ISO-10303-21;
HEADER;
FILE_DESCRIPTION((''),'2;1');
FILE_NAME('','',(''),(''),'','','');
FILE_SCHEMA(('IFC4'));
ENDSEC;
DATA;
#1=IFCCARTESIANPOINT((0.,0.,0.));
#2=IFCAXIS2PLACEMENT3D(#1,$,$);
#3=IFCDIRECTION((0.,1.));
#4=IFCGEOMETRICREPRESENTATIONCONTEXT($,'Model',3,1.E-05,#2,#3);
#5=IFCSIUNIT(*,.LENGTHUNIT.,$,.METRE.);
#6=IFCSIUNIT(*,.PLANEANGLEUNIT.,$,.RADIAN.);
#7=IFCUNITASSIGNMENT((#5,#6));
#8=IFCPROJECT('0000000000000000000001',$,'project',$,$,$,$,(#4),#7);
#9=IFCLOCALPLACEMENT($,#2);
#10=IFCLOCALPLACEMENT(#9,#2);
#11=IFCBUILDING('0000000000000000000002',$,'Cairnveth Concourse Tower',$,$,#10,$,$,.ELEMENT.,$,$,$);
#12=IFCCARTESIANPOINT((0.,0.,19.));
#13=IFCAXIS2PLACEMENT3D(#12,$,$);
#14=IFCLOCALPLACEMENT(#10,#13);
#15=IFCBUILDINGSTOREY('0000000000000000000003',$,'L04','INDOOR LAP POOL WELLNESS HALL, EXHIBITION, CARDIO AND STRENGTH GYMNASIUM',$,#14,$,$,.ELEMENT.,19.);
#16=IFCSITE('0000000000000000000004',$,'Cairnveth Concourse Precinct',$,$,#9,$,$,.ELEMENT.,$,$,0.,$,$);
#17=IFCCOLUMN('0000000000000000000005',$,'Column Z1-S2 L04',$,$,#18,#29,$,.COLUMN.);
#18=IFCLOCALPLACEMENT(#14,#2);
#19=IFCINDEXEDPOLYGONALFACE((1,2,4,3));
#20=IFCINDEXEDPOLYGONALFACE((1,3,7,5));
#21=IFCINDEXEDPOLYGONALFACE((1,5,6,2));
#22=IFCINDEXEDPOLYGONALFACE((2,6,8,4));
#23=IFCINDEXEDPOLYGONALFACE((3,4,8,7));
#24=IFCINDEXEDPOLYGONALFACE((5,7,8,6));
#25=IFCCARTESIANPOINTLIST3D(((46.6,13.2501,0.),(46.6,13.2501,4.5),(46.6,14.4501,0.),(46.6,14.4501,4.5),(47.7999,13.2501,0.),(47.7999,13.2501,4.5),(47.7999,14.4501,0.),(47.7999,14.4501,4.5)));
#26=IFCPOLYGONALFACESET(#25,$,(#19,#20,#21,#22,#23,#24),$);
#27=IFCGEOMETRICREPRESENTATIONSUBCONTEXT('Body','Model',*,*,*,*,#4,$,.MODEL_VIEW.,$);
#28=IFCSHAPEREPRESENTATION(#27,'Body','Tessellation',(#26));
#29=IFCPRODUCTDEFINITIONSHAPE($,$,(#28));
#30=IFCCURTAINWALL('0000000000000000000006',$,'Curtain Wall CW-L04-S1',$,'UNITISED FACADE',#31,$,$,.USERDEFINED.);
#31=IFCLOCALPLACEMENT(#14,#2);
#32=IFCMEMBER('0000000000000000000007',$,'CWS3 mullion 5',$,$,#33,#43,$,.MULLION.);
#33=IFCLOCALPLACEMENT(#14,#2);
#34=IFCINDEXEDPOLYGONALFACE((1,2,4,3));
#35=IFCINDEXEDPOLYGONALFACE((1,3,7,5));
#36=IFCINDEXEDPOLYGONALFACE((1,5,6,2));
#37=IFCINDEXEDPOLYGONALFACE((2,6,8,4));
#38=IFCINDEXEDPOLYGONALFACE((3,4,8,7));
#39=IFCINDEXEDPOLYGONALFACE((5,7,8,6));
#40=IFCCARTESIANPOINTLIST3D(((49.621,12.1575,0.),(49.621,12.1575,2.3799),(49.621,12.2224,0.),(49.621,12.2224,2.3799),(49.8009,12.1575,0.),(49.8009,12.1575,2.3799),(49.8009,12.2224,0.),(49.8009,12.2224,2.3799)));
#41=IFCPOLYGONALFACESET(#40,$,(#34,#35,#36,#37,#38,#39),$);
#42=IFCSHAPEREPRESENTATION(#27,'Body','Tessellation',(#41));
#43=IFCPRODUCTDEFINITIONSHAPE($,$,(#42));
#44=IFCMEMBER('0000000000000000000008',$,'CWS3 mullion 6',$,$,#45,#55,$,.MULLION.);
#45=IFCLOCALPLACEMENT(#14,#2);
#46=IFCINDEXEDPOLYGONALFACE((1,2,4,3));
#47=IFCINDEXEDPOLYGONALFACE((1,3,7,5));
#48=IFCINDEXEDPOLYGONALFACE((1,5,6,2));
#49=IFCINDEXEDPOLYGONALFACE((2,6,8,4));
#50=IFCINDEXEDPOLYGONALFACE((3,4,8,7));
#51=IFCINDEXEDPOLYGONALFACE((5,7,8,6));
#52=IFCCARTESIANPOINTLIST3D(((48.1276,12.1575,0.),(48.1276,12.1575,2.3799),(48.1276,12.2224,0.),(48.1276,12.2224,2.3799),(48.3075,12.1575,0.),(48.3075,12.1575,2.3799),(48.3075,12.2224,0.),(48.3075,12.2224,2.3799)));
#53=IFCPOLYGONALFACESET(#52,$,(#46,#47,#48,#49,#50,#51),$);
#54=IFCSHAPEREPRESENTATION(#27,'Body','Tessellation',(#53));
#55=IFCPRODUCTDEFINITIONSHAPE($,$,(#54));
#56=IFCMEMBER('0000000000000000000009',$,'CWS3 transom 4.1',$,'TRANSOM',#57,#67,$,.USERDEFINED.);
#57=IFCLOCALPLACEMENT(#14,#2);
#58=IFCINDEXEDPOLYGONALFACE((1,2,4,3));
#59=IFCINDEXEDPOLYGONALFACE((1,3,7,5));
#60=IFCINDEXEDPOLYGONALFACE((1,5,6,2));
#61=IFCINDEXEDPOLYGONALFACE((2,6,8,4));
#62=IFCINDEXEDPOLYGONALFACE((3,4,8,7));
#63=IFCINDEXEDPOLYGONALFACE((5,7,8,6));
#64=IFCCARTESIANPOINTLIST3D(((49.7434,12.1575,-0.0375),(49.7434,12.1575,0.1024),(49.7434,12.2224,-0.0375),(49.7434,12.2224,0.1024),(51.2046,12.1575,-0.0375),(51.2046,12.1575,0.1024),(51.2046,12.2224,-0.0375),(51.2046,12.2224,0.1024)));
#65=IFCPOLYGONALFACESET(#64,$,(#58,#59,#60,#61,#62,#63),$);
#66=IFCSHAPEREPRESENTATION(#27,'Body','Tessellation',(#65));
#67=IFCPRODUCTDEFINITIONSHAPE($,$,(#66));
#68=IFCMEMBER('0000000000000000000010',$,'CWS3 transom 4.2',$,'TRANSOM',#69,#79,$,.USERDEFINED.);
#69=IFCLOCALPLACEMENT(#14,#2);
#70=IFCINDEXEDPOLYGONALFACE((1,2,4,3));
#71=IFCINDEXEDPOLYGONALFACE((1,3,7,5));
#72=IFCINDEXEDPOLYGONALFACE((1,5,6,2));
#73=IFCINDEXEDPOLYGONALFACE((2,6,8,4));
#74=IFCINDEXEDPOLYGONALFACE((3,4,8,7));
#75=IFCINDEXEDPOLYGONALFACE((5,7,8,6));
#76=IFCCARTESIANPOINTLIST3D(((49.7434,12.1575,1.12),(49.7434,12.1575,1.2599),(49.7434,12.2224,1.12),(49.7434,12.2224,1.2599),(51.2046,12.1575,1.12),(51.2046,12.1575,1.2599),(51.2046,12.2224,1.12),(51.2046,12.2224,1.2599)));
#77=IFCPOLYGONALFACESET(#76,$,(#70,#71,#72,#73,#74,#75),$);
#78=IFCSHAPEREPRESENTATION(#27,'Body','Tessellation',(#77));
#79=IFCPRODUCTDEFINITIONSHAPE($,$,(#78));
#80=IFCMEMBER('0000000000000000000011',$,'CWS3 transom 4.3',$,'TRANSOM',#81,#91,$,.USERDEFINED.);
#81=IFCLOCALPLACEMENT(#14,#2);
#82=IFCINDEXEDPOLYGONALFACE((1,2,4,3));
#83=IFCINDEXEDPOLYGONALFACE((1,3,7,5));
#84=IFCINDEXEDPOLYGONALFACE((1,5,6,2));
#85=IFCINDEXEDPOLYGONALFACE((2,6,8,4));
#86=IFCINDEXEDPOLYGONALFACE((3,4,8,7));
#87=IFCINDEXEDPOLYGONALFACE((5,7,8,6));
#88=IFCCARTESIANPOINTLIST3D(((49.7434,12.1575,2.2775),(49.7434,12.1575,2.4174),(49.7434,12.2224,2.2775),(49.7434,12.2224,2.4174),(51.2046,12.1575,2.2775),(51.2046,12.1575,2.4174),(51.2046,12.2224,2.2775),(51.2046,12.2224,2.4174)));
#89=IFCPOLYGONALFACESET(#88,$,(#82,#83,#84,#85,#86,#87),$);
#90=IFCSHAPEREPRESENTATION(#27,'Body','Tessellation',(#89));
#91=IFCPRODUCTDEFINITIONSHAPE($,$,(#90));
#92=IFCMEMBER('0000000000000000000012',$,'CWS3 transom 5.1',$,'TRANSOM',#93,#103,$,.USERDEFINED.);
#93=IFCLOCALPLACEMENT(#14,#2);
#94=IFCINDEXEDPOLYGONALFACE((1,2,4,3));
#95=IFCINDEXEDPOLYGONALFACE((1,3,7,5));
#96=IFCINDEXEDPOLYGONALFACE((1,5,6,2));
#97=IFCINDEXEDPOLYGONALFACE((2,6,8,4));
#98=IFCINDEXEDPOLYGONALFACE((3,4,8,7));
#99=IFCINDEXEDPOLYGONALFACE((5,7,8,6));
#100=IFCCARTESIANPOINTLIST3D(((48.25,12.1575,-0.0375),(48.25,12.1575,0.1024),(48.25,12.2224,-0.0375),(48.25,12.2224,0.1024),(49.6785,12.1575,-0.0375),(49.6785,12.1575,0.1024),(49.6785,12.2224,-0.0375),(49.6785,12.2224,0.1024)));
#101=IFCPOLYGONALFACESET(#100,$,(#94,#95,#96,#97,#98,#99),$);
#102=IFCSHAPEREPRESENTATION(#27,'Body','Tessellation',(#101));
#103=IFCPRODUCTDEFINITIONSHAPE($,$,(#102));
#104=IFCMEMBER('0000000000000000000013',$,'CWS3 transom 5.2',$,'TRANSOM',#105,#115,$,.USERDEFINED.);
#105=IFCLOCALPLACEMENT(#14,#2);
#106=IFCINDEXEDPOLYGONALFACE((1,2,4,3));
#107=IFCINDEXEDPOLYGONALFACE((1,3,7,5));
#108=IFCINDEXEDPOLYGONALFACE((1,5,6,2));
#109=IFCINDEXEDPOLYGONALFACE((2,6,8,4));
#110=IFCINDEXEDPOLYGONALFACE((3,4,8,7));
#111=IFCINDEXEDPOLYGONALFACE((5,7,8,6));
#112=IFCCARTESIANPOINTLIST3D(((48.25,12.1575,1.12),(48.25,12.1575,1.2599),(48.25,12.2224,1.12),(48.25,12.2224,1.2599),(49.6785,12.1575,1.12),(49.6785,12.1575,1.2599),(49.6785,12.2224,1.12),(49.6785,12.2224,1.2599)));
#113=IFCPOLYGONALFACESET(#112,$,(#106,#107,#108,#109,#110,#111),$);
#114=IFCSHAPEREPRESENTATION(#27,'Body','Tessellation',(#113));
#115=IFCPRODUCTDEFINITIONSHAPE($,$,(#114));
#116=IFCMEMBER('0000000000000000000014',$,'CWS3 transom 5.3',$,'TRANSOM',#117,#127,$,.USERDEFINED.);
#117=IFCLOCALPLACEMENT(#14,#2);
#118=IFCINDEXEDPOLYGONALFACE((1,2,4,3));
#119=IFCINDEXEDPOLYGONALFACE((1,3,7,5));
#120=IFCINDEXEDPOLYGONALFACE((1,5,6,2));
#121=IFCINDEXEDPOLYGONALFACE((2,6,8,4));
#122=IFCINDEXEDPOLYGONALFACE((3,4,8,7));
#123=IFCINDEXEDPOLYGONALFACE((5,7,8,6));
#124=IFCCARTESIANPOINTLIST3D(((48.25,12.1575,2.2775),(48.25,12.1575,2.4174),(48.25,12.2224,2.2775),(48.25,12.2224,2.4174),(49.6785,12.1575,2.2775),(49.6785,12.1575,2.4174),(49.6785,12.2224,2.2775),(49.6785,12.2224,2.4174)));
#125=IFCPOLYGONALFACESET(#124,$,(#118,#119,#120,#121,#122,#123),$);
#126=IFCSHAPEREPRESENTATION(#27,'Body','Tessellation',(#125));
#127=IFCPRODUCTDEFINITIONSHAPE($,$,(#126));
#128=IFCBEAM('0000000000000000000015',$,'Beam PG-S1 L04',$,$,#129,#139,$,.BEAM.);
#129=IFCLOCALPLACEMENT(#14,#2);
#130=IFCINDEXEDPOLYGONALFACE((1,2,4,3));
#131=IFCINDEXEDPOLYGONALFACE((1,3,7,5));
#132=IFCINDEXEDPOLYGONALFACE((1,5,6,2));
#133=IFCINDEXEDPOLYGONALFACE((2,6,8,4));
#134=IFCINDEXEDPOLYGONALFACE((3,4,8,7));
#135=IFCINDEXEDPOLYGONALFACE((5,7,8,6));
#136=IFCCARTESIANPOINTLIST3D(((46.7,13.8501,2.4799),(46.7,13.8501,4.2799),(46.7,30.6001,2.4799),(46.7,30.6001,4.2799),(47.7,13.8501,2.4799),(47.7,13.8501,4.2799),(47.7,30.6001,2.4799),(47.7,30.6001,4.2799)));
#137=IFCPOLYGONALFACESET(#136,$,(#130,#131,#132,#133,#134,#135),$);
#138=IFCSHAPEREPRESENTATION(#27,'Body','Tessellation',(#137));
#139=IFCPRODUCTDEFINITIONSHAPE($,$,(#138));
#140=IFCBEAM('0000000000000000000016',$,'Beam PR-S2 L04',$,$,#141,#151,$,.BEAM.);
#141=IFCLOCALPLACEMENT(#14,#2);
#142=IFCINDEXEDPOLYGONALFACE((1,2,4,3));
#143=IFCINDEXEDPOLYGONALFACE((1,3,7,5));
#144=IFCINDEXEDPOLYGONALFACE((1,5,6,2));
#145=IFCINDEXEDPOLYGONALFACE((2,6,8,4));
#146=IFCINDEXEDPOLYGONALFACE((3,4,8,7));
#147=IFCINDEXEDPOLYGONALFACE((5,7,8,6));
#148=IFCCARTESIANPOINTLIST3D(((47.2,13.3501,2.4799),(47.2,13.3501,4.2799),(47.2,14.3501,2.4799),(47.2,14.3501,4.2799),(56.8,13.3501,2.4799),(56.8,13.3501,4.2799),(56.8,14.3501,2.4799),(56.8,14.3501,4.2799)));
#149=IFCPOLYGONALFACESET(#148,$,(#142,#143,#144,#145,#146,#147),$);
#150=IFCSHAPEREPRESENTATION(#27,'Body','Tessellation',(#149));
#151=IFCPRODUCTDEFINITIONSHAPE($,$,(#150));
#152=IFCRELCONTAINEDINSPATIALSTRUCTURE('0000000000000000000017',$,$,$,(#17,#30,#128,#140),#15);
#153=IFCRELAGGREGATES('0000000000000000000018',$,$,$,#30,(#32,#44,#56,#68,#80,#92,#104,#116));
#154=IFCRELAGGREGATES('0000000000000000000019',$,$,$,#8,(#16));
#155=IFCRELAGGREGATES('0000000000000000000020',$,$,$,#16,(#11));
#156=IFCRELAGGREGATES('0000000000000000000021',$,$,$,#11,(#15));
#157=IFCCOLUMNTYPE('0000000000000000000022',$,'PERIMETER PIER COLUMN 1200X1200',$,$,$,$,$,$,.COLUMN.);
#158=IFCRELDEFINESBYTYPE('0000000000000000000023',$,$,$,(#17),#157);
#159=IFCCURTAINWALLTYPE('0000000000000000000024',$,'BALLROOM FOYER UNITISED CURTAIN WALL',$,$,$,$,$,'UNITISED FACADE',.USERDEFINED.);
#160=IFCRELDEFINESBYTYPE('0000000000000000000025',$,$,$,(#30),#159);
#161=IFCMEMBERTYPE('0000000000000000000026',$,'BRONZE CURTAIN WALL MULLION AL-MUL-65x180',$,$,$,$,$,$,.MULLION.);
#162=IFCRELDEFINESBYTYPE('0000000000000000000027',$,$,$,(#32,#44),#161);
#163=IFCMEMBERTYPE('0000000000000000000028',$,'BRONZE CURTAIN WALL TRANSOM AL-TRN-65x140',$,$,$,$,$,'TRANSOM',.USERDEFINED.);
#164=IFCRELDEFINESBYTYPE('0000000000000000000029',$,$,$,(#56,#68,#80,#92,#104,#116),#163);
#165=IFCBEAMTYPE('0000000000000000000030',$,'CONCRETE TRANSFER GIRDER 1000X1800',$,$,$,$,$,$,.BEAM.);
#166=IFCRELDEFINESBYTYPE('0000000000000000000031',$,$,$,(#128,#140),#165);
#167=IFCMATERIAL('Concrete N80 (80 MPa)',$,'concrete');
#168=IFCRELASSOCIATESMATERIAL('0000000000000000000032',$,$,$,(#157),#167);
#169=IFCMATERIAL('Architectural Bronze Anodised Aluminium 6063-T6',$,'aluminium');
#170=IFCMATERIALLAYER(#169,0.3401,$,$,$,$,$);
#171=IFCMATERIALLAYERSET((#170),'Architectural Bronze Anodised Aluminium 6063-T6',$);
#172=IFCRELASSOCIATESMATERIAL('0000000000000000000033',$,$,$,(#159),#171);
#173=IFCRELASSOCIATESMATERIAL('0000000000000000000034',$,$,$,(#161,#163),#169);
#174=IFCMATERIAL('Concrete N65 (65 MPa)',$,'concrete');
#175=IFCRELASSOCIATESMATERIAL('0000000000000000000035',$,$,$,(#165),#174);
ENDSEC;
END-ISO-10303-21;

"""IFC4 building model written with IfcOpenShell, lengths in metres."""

from ifc_helpers import new_model, si_unit, direction, frame, origin, origin_2d, place, context, subcontext, project, spatial, rectangle, extrude, material, layer, layer_set, material_profile, profile_set, type_object, element, aggregate, save


model = new_model("IFC4")

# Units and contexts
model_context = context("Model", 3, precision=1e-05, world=origin(), true_north=direction((0.0, 1.0)))
body_context = subcontext(model_context, "Body", "Model", "MODEL_VIEW")
ifc_project = project(units=[si_unit("LENGTHUNIT", "METRE"), si_unit("PLANEANGLEUNIT", "RADIAN")], contexts=[model_context])

# Site, building, storey
site_placement = place(None, origin())
site = spatial("IfcSite", under=ifc_project, at=site_placement, Name="Cairnveth Concourse Precinct", CompositionType="ELEMENT", RefElevation=0.0)
building_placement = place(site_placement, origin())
building = spatial("IfcBuilding", under=site, at=building_placement, Name="Cairnveth Concourse Tower", CompositionType="ELEMENT")
storey_placement = place(building_placement, frame((0.0, 0.0, 19.0)))
storey = spatial("IfcBuildingStorey", under=building, at=storey_placement, Name="L04", Description="INDOOR LAP POOL WELLNESS HALL, EXHIBITION, CARDIO AND STRENGTH GYMNASIUM", CompositionType="ELEMENT", Elevation=19.0)

# Column
ifc_material_1 = material(Name="Concrete N80 (80 MPa)", Category="concrete")
ifc_material_profile_1 = material_profile(ifc_material_1, rectangle(XDim=1.2, YDim=1.2, at=origin_2d()), Name="RC-COL-1200x1200")
ifc_profile_set_1 = profile_set([ifc_material_profile_1], Name="Concrete N80 (80 MPa)")
column_type = type_object("IfcColumnType", Name="PERIMETER PIER COLUMN 1200X1200", PredefinedType="COLUMN", material=ifc_profile_set_1)
column_placement = place(storey_placement, frame((47.2, 13.8501, 0.0), z_axis=(0.0, 0.0, 1.0), x_axis=(1.0, 0.0, 0.0)))
element("IfcColumn", 1, at=column_placement, inside=storey, type_object=column_type, Name="Column Z1-S2 L04", PredefinedType="COLUMN", context=body_context, shape_type="SweptSolid", body=[
    extrude(rectangle(XDim=1.2, YDim=1.2, at=origin_2d()), origin(), (0.0, 0.0, 1.0), 4.5),
])

# Curtain wall, members
ifc_material_2 = material(Name="Architectural Bronze Anodised Aluminium 6063-T6", Category="aluminium")
ifc_layer_1 = layer(ifc_material_2, 0.3401)
ifc_layer_set_1 = layer_set([ifc_layer_1], Name="Architectural Bronze Anodised Aluminium 6063-T6")
curtain_wall_type = type_object("IfcCurtainWallType", Name="BALLROOM FOYER UNITISED CURTAIN WALL", ElementType="UNITISED FACADE", PredefinedType="USERDEFINED", material=ifc_layer_set_1)
curtain_wall_placement = place(storey_placement, origin())
curtain_wall = element("IfcCurtainWall", 2, at=curtain_wall_placement, inside=storey, type_object=curtain_wall_type, Name="Curtain Wall CW-L04-S1", ObjectType="UNITISED FACADE", PredefinedType="USERDEFINED")
ifc_material_profile_2 = material_profile(ifc_material_2, rectangle(XDim=0.0649, YDim=0.1799, at=origin_2d()), Name="AL-MUL-65x180")
ifc_profile_set_2 = profile_set([ifc_material_profile_2], Name="Architectural Bronze Anodised Aluminium 6063-T6")
member_type_1 = type_object("IfcMemberType", Name="BRONZE CURTAIN WALL MULLION AL-MUL-65x180", PredefinedType="MULLION", material=ifc_profile_set_2)
member_1_placement = place(storey_placement, frame((49.7109, 12.1899, 0.0), z_axis=(0.0, 0.0, 1.0), x_axis=(0.0, -1.0, 0.0)))
member_1 = element("IfcMember", 3, at=member_1_placement, type_object=member_type_1, Name="CWS3 mullion 5", PredefinedType="MULLION", context=body_context, shape_type="SweptSolid", body=[
    extrude(rectangle(XDim=0.0649, YDim=0.1799, at=origin_2d()), origin(), (0.0, 0.0, 1.0), 2.3799),
])
member_2_placement = place(storey_placement, frame((48.2175, 12.1899, 0.0), z_axis=(0.0, 0.0, 1.0), x_axis=(0.0, -1.0, 0.0)))
member_2 = element("IfcMember", 4, at=member_2_placement, type_object=member_type_1, Name="CWS3 mullion 6", PredefinedType="MULLION", context=body_context, shape_type="SweptSolid", body=[
    extrude(rectangle(XDim=0.0649, YDim=0.1799, at=origin_2d()), origin(), (0.0, 0.0, 1.0), 2.3799),
])
ifc_material_profile_3 = material_profile(ifc_material_2, rectangle(XDim=0.0649, YDim=0.1399, at=origin_2d()), Name="AL-TRN-65x140")
ifc_profile_set_3 = profile_set([ifc_material_profile_3], Name="Architectural Bronze Anodised Aluminium 6063-T6")
member_type_2 = type_object("IfcMemberType", Name="BRONZE CURTAIN WALL TRANSOM AL-TRN-65x140", ElementType="TRANSOM", PredefinedType="USERDEFINED", material=ifc_profile_set_3)
member_3_placement = place(storey_placement, frame((51.2046, 12.1899, 0.0325), z_axis=(-1.0, 0.0, 0.0), x_axis=(0.0, -1.0, 0.0)))
member_3 = element("IfcMember", 5, at=member_3_placement, type_object=member_type_2, Name="CWS3 transom 4.1", ObjectType="TRANSOM", PredefinedType="USERDEFINED", context=body_context, shape_type="SweptSolid", body=[
    extrude(rectangle(XDim=0.0649, YDim=0.1399, at=origin_2d()), origin(), (0.0, 0.0, 1.0), 1.4612),
])
member_4_placement = place(storey_placement, frame((51.2046, 12.1899, 1.1899), z_axis=(-1.0, 0.0, 0.0), x_axis=(0.0, -1.0, 0.0)))
member_4 = element("IfcMember", 6, at=member_4_placement, type_object=member_type_2, Name="CWS3 transom 4.2", ObjectType="TRANSOM", PredefinedType="USERDEFINED", context=body_context, shape_type="SweptSolid", body=[
    extrude(rectangle(XDim=0.0649, YDim=0.1399, at=origin_2d()), origin(), (0.0, 0.0, 1.0), 1.4612),
])
member_5_placement = place(storey_placement, frame((51.2046, 12.1899, 2.3474), z_axis=(-1.0, 0.0, 0.0), x_axis=(0.0, -1.0, 0.0)))
member_5 = element("IfcMember", 7, at=member_5_placement, type_object=member_type_2, Name="CWS3 transom 4.3", ObjectType="TRANSOM", PredefinedType="USERDEFINED", context=body_context, shape_type="SweptSolid", body=[
    extrude(rectangle(XDim=0.0649, YDim=0.1399, at=origin_2d()), origin(), (0.0, 0.0, 1.0), 1.4612),
])
member_6_placement = place(storey_placement, frame((49.6785, 12.1899, 0.0325), z_axis=(-1.0, 0.0, 0.0), x_axis=(0.0, -1.0, 0.0)))
member_6 = element("IfcMember", 8, at=member_6_placement, type_object=member_type_2, Name="CWS3 transom 5.1", ObjectType="TRANSOM", PredefinedType="USERDEFINED", context=body_context, shape_type="SweptSolid", body=[
    extrude(rectangle(XDim=0.0649, YDim=0.1399, at=origin_2d()), origin(), (0.0, 0.0, 1.0), 1.4285),
])
member_7_placement = place(storey_placement, frame((49.6785, 12.1899, 1.1899), z_axis=(-1.0, 0.0, 0.0), x_axis=(0.0, -1.0, 0.0)))
member_7 = element("IfcMember", 9, at=member_7_placement, type_object=member_type_2, Name="CWS3 transom 5.2", ObjectType="TRANSOM", PredefinedType="USERDEFINED", context=body_context, shape_type="SweptSolid", body=[
    extrude(rectangle(XDim=0.0649, YDim=0.1399, at=origin_2d()), origin(), (0.0, 0.0, 1.0), 1.4285),
])
member_8_placement = place(storey_placement, frame((49.6785, 12.1899, 2.3474), z_axis=(-1.0, 0.0, 0.0), x_axis=(0.0, -1.0, 0.0)))
member_8 = element("IfcMember", 10, at=member_8_placement, type_object=member_type_2, Name="CWS3 transom 5.3", ObjectType="TRANSOM", PredefinedType="USERDEFINED", context=body_context, shape_type="SweptSolid", body=[
    extrude(rectangle(XDim=0.0649, YDim=0.1399, at=origin_2d()), origin(), (0.0, 0.0, 1.0), 1.4285),
])

# Beams
ifc_material_3 = material(Name="Concrete N65 (65 MPa)", Category="concrete")
ifc_material_profile_4 = material_profile(ifc_material_3, rectangle(XDim=1.0, YDim=1.8, at=origin_2d()), Name="RC-TB-1000x1800")
ifc_profile_set_4 = profile_set([ifc_material_profile_4], Name="Concrete N65 (65 MPa)")
beam_type = type_object("IfcBeamType", Name="CONCRETE TRANSFER GIRDER 1000X1800", PredefinedType="BEAM", material=ifc_profile_set_4)
beam_1_placement = place(storey_placement, frame((47.2, 13.8501, 3.3799), z_axis=(0.0, 1.0, 0.0), x_axis=(-1.0, 0.0, 0.0)))
element("IfcBeam", 11, at=beam_1_placement, inside=storey, type_object=beam_type, Name="Beam PG-S1 L04", PredefinedType="BEAM", context=body_context, shape_type="SweptSolid", body=[
    extrude(rectangle(XDim=1.0, YDim=1.8, at=origin_2d()), origin(), (0.0, 0.0, 1.0), 16.75),
])
beam_2_placement = place(storey_placement, frame((47.2, 13.8501, 3.3799), z_axis=(1.0, 0.0, 0.0), x_axis=(0.0, 1.0, 0.0)))
element("IfcBeam", 12, at=beam_2_placement, inside=storey, type_object=beam_type, Name="Beam PR-S2 L04", PredefinedType="BEAM", context=body_context, shape_type="SweptSolid", body=[
    extrude(rectangle(XDim=1.0, YDim=1.8, at=origin_2d()), origin(), (0.0, 0.0, 1.0), 9.6001),
])

aggregate(curtain_wall, [member_1, member_2, member_3, member_4, member_5, member_6, member_7, member_8])

save(model, "model.ifc")
